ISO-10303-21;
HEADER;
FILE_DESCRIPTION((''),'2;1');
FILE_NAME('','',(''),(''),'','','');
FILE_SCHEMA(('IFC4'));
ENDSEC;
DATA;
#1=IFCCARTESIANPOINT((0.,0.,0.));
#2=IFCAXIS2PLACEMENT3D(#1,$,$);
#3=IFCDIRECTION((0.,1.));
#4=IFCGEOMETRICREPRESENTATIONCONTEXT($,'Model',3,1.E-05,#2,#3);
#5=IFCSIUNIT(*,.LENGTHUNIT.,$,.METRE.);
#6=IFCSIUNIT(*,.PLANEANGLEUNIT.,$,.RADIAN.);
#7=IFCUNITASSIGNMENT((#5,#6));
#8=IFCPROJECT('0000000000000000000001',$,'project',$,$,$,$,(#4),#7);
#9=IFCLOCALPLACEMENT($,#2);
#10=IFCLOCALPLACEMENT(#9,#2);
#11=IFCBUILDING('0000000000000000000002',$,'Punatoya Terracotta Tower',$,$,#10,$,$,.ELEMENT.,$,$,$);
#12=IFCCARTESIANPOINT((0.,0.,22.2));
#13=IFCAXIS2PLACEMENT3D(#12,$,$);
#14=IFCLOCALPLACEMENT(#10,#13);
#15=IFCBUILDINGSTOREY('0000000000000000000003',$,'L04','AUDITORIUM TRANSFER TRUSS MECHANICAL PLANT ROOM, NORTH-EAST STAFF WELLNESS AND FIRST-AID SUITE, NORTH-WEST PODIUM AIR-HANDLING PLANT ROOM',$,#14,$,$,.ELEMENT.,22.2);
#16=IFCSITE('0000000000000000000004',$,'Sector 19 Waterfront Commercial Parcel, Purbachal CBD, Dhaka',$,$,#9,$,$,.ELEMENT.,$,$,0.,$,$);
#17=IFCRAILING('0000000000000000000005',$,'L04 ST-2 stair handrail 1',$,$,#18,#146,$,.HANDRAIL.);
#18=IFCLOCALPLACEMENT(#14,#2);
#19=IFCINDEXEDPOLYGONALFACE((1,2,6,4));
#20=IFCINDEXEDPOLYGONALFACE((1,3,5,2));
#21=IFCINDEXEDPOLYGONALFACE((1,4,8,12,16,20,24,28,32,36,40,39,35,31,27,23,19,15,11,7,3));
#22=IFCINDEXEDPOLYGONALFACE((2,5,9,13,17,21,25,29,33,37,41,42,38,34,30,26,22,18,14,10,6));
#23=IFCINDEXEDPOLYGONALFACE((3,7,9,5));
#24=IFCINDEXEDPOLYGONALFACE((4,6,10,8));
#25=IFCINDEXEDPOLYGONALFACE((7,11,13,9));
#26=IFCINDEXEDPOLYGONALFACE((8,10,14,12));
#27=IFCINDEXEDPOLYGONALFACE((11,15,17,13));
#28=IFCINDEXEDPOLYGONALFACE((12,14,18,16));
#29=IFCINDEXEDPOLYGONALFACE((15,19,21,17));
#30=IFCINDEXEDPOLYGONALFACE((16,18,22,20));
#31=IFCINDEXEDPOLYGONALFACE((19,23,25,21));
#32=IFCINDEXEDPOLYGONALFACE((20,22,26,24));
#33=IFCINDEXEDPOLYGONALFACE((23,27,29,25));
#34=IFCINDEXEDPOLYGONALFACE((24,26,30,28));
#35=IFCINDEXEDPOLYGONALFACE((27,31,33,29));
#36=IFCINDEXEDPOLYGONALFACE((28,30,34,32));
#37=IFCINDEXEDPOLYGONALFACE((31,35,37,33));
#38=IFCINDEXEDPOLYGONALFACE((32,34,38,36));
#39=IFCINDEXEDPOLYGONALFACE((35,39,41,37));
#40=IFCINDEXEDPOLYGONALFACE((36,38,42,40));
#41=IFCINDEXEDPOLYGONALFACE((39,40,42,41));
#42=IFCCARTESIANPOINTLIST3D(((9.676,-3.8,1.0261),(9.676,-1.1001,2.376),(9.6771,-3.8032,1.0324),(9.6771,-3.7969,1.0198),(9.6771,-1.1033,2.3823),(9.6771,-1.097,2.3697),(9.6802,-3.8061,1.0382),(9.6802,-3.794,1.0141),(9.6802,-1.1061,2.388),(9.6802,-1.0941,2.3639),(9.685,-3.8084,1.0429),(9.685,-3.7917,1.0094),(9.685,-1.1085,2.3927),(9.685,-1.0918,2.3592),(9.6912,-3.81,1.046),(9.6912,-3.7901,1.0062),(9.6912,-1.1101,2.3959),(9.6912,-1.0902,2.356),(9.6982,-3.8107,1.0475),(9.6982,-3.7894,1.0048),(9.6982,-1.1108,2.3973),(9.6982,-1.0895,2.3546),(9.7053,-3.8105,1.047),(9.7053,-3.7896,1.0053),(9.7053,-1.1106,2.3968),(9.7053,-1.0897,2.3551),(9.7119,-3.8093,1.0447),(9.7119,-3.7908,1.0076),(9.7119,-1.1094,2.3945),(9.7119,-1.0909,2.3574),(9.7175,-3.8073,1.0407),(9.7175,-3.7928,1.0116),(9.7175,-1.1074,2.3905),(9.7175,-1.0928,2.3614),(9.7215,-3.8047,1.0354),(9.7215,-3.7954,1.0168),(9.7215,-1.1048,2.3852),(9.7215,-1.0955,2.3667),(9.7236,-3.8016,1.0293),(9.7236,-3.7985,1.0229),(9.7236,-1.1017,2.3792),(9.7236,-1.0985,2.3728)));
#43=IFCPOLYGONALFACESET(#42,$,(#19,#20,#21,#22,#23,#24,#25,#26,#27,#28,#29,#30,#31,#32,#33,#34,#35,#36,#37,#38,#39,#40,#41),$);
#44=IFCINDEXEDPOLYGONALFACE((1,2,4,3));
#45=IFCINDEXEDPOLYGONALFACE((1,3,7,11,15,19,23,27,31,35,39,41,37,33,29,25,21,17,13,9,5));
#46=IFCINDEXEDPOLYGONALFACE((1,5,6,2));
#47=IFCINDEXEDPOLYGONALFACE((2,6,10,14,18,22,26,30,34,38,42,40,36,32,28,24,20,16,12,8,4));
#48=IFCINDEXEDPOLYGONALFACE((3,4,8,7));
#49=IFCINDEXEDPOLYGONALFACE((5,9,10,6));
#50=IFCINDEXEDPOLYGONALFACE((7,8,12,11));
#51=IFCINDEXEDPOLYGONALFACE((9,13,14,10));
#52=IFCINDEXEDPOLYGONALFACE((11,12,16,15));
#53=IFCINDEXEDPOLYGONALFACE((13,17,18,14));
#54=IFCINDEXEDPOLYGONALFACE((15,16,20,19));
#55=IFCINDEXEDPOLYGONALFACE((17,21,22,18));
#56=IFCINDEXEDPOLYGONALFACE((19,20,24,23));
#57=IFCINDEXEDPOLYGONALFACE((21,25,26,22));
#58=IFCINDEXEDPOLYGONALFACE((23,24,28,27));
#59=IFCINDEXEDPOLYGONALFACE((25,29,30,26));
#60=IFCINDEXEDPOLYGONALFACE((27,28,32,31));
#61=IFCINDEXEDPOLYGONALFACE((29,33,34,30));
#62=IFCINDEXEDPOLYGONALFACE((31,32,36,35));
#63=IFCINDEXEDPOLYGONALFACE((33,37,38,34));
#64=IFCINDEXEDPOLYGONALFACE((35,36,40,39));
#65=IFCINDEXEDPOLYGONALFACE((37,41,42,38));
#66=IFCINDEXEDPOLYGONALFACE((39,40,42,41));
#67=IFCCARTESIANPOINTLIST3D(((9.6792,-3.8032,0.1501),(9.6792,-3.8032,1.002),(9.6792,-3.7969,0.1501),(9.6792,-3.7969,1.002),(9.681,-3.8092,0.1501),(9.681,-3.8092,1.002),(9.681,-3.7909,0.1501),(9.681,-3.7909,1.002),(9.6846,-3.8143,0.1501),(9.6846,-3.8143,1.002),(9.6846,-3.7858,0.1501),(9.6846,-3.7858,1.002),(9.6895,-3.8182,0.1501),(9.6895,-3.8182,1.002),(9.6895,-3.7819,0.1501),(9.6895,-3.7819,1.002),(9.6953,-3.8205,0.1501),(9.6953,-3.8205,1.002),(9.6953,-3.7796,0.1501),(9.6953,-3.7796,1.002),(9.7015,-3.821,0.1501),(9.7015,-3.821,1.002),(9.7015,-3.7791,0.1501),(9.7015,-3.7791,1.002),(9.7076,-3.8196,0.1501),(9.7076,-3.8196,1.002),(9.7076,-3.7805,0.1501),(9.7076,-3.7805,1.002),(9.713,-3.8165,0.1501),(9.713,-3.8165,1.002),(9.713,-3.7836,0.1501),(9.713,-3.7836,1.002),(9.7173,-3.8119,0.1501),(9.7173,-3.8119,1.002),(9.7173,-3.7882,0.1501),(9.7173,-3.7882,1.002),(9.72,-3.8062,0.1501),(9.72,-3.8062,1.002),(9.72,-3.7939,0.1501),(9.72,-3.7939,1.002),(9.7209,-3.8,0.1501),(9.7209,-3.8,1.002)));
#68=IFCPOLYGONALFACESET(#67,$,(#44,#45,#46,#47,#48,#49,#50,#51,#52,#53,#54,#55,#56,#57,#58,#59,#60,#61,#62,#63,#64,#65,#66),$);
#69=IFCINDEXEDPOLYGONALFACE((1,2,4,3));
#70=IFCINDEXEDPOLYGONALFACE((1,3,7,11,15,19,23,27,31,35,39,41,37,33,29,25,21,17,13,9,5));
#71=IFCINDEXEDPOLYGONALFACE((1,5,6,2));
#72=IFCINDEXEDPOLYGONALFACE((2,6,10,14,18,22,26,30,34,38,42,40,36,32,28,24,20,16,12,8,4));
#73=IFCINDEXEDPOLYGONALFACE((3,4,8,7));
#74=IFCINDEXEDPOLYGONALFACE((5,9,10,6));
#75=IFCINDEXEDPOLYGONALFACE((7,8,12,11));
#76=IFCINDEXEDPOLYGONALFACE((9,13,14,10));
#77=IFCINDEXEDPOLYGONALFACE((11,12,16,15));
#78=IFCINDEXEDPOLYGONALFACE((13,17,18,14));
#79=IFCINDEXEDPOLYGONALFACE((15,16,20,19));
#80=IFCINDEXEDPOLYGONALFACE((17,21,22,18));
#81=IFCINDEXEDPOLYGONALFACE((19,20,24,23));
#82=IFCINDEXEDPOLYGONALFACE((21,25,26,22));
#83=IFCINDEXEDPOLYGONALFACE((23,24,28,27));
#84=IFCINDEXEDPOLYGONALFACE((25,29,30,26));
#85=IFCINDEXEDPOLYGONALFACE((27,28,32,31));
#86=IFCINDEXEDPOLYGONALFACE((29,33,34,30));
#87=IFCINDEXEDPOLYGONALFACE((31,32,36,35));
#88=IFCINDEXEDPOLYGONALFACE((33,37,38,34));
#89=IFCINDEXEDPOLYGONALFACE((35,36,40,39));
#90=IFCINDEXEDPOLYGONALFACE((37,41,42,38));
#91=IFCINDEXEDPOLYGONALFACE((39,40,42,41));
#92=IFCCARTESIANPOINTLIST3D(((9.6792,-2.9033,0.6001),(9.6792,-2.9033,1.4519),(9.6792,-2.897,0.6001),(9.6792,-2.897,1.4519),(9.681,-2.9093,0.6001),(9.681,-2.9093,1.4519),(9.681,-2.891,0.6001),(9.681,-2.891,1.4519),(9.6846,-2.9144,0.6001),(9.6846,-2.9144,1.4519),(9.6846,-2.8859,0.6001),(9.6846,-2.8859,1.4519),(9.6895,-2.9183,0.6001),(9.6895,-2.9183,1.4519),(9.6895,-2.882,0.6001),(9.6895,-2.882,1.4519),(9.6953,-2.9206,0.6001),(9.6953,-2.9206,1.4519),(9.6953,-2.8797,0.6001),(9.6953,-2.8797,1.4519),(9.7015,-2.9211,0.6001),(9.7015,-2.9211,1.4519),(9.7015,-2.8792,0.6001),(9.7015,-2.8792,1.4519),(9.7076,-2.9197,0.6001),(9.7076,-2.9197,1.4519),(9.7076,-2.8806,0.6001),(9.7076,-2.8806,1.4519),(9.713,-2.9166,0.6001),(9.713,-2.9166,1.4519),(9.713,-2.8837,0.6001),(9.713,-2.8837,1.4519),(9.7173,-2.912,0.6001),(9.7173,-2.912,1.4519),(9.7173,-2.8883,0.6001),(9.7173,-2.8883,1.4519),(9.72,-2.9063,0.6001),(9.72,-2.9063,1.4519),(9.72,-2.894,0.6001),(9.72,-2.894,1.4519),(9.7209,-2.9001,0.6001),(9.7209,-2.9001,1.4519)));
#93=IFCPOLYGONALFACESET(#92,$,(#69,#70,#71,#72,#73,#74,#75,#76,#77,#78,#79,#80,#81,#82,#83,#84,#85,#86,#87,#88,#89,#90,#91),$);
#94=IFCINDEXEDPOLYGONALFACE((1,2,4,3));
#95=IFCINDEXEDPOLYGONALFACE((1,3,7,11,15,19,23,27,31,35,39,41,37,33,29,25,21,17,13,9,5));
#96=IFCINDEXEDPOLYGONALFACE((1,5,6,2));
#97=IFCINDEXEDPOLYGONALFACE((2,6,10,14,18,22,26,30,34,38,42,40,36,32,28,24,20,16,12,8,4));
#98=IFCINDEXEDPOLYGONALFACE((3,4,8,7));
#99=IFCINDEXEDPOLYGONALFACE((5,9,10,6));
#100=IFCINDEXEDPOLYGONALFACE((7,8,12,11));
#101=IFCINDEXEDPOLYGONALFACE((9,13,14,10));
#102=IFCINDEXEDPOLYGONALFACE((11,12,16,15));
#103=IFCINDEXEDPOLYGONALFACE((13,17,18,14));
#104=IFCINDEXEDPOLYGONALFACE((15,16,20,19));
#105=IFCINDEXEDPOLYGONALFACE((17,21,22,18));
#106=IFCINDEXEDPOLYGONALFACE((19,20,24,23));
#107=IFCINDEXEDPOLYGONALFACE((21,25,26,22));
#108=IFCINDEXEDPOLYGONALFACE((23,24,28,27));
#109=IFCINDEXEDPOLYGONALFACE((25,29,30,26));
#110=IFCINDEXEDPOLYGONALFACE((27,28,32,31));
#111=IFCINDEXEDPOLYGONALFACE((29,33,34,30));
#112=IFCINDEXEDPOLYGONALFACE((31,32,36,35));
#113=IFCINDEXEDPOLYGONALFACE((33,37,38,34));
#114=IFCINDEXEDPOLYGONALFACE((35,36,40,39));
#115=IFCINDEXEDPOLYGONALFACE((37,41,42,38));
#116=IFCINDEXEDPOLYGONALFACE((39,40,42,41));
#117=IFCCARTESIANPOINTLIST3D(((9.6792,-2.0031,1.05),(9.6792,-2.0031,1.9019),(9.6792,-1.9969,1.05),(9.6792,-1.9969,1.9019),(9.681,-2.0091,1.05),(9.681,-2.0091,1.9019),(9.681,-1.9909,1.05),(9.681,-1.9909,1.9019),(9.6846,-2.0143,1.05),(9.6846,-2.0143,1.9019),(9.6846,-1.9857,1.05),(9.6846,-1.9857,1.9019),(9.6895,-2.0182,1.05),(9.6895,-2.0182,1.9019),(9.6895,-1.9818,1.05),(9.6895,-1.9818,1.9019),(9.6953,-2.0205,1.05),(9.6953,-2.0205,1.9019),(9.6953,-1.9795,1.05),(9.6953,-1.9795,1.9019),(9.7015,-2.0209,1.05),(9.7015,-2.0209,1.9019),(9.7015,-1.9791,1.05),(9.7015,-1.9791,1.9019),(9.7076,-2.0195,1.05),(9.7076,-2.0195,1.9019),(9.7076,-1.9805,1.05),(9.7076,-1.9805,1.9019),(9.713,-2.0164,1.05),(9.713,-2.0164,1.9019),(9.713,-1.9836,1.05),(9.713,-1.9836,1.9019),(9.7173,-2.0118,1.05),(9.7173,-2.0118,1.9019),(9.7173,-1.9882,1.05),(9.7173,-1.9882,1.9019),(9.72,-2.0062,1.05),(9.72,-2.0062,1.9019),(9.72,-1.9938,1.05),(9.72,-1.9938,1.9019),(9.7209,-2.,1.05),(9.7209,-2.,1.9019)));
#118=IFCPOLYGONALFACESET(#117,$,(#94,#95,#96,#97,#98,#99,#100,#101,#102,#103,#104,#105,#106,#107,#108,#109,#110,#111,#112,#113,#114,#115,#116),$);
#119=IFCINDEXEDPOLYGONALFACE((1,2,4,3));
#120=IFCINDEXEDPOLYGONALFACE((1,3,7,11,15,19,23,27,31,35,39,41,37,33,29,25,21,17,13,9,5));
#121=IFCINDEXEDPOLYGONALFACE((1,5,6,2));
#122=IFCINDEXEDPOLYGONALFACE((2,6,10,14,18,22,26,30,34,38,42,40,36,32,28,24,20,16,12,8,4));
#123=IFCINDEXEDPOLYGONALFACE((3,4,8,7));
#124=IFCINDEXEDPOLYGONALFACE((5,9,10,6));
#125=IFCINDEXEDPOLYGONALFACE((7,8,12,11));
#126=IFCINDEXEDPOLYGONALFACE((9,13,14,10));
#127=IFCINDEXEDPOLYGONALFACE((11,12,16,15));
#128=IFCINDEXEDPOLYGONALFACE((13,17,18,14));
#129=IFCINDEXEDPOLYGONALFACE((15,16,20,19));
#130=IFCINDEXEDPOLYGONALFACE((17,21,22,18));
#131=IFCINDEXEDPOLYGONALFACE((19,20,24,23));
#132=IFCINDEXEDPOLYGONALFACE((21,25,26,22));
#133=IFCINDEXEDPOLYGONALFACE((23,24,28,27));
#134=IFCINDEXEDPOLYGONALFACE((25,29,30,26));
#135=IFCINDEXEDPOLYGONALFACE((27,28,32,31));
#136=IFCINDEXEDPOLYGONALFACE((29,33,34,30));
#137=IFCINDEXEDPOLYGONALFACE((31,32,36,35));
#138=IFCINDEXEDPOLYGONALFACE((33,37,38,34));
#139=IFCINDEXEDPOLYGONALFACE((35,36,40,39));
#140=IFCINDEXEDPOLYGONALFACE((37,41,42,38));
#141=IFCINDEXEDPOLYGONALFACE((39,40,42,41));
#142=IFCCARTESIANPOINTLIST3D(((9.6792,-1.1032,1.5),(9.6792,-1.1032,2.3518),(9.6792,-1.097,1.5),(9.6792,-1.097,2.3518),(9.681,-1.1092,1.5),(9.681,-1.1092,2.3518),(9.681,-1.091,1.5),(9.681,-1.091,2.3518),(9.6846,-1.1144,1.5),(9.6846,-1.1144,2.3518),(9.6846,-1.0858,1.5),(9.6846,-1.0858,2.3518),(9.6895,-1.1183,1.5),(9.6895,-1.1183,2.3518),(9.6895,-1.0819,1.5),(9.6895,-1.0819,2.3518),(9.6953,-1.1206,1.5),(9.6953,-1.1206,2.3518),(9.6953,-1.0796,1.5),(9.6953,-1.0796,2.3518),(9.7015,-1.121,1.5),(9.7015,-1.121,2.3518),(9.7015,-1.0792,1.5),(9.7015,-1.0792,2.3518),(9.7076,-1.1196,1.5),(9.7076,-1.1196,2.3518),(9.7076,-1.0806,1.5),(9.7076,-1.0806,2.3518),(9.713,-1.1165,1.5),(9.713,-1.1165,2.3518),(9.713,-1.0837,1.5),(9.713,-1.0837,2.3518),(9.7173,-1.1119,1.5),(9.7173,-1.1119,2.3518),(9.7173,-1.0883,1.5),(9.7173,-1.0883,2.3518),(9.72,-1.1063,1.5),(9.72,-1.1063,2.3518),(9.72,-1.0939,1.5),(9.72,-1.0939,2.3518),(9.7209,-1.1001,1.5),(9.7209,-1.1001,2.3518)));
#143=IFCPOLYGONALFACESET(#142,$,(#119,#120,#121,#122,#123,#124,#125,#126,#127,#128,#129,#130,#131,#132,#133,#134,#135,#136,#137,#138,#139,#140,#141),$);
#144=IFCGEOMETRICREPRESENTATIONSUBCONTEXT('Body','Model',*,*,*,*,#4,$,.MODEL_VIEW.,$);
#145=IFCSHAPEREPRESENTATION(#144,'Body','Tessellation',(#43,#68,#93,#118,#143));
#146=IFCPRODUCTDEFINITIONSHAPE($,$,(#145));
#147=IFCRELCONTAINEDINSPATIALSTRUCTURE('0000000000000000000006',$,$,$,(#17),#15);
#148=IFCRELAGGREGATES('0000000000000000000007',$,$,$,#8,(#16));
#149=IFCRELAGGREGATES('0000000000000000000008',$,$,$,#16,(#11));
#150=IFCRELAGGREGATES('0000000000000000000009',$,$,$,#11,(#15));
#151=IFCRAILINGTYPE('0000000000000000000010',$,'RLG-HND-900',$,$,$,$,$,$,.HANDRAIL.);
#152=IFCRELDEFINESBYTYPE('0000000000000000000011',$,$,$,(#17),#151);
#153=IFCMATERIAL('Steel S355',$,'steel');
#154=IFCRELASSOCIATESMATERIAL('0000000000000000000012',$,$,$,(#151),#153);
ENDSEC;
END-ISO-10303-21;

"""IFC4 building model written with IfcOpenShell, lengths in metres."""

from ifc_helpers import new_model, si_unit, direction, frame, origin, origin_2d, place, context, subcontext, project, spatial, circle, extrude, material, type_object, element, save


model = new_model("IFC4")

# Units and contexts
model_context = context("Model", 3, precision=1e-05, world=origin(), true_north=direction((0.0, 1.0)))
body_context = subcontext(model_context, "Body", "Model", "MODEL_VIEW")
ifc_project = project(units=[si_unit("LENGTHUNIT", "METRE"), si_unit("PLANEANGLEUNIT", "RADIAN")], contexts=[model_context])

# Site, building, storey
site_placement = place(None, origin())
site = spatial("IfcSite", under=ifc_project, at=site_placement, Name="Sector 19 Waterfront Commercial Parcel, Purbachal CBD, Dhaka", CompositionType="ELEMENT", RefElevation=0.0)
building_placement = place(site_placement, origin())
building = spatial("IfcBuilding", under=site, at=building_placement, Name="Punatoya Terracotta Tower", CompositionType="ELEMENT")
storey_placement = place(building_placement, frame((0.0, 0.0, 22.2)))
storey = spatial("IfcBuildingStorey", under=building, at=storey_placement, Name="L04", Description="AUDITORIUM TRANSFER TRUSS MECHANICAL PLANT ROOM, NORTH-EAST STAFF WELLNESS AND FIRST-AID SUITE, NORTH-WEST PODIUM AIR-HANDLING PLANT ROOM", CompositionType="ELEMENT", Elevation=22.2)

# Shared definitions
ifc_material_1 = material(Name="Steel S355", Category="steel")

# Railing
railing_type_1 = type_object("IfcRailingType", Name="RLG-HND-900", PredefinedType="HANDRAIL", material=ifc_material_1)
for number, where, name in (
    (1, (9.7, -3.8, 0.1501), "L04 ST-2 stair handrail 1"),
):
    element("IfcRailing", number, at=place(storey_placement, frame(where)), inside=storey, type_object=railing_type_1, Name=name, PredefinedType="HANDRAIL", context=body_context, shape_type="SweptSolid", body=[
        extrude(circle(Radius=0.0239, at=origin_2d()), frame((0.0, 0.0, 0.876), z_axis=(0.0, 0.894443, 0.447181), x_axis=(-1.0, 0.0, 0.0)), (0.0, 0.0, 1.0), 3.0186),
        extrude(circle(Radius=0.021, at=origin_2d()), origin(), (0.0, 0.0, 1.0), 0.8518),
        extrude(circle(Radius=0.021, at=origin_2d()), frame((0.0, 0.8999, 0.45)), (0.0, 0.0, 1.0), 0.8518),
        extrude(circle(Radius=0.021, at=origin_2d()), frame((0.0, 1.8, 0.8999)), (0.0, 0.0, 1.0), 0.8518),
        extrude(circle(Radius=0.021, at=origin_2d()), frame((0.0, 2.7, 1.3499)), (0.0, 0.0, 1.0), 0.8518),
    ])

save(model, "model.ifc")
